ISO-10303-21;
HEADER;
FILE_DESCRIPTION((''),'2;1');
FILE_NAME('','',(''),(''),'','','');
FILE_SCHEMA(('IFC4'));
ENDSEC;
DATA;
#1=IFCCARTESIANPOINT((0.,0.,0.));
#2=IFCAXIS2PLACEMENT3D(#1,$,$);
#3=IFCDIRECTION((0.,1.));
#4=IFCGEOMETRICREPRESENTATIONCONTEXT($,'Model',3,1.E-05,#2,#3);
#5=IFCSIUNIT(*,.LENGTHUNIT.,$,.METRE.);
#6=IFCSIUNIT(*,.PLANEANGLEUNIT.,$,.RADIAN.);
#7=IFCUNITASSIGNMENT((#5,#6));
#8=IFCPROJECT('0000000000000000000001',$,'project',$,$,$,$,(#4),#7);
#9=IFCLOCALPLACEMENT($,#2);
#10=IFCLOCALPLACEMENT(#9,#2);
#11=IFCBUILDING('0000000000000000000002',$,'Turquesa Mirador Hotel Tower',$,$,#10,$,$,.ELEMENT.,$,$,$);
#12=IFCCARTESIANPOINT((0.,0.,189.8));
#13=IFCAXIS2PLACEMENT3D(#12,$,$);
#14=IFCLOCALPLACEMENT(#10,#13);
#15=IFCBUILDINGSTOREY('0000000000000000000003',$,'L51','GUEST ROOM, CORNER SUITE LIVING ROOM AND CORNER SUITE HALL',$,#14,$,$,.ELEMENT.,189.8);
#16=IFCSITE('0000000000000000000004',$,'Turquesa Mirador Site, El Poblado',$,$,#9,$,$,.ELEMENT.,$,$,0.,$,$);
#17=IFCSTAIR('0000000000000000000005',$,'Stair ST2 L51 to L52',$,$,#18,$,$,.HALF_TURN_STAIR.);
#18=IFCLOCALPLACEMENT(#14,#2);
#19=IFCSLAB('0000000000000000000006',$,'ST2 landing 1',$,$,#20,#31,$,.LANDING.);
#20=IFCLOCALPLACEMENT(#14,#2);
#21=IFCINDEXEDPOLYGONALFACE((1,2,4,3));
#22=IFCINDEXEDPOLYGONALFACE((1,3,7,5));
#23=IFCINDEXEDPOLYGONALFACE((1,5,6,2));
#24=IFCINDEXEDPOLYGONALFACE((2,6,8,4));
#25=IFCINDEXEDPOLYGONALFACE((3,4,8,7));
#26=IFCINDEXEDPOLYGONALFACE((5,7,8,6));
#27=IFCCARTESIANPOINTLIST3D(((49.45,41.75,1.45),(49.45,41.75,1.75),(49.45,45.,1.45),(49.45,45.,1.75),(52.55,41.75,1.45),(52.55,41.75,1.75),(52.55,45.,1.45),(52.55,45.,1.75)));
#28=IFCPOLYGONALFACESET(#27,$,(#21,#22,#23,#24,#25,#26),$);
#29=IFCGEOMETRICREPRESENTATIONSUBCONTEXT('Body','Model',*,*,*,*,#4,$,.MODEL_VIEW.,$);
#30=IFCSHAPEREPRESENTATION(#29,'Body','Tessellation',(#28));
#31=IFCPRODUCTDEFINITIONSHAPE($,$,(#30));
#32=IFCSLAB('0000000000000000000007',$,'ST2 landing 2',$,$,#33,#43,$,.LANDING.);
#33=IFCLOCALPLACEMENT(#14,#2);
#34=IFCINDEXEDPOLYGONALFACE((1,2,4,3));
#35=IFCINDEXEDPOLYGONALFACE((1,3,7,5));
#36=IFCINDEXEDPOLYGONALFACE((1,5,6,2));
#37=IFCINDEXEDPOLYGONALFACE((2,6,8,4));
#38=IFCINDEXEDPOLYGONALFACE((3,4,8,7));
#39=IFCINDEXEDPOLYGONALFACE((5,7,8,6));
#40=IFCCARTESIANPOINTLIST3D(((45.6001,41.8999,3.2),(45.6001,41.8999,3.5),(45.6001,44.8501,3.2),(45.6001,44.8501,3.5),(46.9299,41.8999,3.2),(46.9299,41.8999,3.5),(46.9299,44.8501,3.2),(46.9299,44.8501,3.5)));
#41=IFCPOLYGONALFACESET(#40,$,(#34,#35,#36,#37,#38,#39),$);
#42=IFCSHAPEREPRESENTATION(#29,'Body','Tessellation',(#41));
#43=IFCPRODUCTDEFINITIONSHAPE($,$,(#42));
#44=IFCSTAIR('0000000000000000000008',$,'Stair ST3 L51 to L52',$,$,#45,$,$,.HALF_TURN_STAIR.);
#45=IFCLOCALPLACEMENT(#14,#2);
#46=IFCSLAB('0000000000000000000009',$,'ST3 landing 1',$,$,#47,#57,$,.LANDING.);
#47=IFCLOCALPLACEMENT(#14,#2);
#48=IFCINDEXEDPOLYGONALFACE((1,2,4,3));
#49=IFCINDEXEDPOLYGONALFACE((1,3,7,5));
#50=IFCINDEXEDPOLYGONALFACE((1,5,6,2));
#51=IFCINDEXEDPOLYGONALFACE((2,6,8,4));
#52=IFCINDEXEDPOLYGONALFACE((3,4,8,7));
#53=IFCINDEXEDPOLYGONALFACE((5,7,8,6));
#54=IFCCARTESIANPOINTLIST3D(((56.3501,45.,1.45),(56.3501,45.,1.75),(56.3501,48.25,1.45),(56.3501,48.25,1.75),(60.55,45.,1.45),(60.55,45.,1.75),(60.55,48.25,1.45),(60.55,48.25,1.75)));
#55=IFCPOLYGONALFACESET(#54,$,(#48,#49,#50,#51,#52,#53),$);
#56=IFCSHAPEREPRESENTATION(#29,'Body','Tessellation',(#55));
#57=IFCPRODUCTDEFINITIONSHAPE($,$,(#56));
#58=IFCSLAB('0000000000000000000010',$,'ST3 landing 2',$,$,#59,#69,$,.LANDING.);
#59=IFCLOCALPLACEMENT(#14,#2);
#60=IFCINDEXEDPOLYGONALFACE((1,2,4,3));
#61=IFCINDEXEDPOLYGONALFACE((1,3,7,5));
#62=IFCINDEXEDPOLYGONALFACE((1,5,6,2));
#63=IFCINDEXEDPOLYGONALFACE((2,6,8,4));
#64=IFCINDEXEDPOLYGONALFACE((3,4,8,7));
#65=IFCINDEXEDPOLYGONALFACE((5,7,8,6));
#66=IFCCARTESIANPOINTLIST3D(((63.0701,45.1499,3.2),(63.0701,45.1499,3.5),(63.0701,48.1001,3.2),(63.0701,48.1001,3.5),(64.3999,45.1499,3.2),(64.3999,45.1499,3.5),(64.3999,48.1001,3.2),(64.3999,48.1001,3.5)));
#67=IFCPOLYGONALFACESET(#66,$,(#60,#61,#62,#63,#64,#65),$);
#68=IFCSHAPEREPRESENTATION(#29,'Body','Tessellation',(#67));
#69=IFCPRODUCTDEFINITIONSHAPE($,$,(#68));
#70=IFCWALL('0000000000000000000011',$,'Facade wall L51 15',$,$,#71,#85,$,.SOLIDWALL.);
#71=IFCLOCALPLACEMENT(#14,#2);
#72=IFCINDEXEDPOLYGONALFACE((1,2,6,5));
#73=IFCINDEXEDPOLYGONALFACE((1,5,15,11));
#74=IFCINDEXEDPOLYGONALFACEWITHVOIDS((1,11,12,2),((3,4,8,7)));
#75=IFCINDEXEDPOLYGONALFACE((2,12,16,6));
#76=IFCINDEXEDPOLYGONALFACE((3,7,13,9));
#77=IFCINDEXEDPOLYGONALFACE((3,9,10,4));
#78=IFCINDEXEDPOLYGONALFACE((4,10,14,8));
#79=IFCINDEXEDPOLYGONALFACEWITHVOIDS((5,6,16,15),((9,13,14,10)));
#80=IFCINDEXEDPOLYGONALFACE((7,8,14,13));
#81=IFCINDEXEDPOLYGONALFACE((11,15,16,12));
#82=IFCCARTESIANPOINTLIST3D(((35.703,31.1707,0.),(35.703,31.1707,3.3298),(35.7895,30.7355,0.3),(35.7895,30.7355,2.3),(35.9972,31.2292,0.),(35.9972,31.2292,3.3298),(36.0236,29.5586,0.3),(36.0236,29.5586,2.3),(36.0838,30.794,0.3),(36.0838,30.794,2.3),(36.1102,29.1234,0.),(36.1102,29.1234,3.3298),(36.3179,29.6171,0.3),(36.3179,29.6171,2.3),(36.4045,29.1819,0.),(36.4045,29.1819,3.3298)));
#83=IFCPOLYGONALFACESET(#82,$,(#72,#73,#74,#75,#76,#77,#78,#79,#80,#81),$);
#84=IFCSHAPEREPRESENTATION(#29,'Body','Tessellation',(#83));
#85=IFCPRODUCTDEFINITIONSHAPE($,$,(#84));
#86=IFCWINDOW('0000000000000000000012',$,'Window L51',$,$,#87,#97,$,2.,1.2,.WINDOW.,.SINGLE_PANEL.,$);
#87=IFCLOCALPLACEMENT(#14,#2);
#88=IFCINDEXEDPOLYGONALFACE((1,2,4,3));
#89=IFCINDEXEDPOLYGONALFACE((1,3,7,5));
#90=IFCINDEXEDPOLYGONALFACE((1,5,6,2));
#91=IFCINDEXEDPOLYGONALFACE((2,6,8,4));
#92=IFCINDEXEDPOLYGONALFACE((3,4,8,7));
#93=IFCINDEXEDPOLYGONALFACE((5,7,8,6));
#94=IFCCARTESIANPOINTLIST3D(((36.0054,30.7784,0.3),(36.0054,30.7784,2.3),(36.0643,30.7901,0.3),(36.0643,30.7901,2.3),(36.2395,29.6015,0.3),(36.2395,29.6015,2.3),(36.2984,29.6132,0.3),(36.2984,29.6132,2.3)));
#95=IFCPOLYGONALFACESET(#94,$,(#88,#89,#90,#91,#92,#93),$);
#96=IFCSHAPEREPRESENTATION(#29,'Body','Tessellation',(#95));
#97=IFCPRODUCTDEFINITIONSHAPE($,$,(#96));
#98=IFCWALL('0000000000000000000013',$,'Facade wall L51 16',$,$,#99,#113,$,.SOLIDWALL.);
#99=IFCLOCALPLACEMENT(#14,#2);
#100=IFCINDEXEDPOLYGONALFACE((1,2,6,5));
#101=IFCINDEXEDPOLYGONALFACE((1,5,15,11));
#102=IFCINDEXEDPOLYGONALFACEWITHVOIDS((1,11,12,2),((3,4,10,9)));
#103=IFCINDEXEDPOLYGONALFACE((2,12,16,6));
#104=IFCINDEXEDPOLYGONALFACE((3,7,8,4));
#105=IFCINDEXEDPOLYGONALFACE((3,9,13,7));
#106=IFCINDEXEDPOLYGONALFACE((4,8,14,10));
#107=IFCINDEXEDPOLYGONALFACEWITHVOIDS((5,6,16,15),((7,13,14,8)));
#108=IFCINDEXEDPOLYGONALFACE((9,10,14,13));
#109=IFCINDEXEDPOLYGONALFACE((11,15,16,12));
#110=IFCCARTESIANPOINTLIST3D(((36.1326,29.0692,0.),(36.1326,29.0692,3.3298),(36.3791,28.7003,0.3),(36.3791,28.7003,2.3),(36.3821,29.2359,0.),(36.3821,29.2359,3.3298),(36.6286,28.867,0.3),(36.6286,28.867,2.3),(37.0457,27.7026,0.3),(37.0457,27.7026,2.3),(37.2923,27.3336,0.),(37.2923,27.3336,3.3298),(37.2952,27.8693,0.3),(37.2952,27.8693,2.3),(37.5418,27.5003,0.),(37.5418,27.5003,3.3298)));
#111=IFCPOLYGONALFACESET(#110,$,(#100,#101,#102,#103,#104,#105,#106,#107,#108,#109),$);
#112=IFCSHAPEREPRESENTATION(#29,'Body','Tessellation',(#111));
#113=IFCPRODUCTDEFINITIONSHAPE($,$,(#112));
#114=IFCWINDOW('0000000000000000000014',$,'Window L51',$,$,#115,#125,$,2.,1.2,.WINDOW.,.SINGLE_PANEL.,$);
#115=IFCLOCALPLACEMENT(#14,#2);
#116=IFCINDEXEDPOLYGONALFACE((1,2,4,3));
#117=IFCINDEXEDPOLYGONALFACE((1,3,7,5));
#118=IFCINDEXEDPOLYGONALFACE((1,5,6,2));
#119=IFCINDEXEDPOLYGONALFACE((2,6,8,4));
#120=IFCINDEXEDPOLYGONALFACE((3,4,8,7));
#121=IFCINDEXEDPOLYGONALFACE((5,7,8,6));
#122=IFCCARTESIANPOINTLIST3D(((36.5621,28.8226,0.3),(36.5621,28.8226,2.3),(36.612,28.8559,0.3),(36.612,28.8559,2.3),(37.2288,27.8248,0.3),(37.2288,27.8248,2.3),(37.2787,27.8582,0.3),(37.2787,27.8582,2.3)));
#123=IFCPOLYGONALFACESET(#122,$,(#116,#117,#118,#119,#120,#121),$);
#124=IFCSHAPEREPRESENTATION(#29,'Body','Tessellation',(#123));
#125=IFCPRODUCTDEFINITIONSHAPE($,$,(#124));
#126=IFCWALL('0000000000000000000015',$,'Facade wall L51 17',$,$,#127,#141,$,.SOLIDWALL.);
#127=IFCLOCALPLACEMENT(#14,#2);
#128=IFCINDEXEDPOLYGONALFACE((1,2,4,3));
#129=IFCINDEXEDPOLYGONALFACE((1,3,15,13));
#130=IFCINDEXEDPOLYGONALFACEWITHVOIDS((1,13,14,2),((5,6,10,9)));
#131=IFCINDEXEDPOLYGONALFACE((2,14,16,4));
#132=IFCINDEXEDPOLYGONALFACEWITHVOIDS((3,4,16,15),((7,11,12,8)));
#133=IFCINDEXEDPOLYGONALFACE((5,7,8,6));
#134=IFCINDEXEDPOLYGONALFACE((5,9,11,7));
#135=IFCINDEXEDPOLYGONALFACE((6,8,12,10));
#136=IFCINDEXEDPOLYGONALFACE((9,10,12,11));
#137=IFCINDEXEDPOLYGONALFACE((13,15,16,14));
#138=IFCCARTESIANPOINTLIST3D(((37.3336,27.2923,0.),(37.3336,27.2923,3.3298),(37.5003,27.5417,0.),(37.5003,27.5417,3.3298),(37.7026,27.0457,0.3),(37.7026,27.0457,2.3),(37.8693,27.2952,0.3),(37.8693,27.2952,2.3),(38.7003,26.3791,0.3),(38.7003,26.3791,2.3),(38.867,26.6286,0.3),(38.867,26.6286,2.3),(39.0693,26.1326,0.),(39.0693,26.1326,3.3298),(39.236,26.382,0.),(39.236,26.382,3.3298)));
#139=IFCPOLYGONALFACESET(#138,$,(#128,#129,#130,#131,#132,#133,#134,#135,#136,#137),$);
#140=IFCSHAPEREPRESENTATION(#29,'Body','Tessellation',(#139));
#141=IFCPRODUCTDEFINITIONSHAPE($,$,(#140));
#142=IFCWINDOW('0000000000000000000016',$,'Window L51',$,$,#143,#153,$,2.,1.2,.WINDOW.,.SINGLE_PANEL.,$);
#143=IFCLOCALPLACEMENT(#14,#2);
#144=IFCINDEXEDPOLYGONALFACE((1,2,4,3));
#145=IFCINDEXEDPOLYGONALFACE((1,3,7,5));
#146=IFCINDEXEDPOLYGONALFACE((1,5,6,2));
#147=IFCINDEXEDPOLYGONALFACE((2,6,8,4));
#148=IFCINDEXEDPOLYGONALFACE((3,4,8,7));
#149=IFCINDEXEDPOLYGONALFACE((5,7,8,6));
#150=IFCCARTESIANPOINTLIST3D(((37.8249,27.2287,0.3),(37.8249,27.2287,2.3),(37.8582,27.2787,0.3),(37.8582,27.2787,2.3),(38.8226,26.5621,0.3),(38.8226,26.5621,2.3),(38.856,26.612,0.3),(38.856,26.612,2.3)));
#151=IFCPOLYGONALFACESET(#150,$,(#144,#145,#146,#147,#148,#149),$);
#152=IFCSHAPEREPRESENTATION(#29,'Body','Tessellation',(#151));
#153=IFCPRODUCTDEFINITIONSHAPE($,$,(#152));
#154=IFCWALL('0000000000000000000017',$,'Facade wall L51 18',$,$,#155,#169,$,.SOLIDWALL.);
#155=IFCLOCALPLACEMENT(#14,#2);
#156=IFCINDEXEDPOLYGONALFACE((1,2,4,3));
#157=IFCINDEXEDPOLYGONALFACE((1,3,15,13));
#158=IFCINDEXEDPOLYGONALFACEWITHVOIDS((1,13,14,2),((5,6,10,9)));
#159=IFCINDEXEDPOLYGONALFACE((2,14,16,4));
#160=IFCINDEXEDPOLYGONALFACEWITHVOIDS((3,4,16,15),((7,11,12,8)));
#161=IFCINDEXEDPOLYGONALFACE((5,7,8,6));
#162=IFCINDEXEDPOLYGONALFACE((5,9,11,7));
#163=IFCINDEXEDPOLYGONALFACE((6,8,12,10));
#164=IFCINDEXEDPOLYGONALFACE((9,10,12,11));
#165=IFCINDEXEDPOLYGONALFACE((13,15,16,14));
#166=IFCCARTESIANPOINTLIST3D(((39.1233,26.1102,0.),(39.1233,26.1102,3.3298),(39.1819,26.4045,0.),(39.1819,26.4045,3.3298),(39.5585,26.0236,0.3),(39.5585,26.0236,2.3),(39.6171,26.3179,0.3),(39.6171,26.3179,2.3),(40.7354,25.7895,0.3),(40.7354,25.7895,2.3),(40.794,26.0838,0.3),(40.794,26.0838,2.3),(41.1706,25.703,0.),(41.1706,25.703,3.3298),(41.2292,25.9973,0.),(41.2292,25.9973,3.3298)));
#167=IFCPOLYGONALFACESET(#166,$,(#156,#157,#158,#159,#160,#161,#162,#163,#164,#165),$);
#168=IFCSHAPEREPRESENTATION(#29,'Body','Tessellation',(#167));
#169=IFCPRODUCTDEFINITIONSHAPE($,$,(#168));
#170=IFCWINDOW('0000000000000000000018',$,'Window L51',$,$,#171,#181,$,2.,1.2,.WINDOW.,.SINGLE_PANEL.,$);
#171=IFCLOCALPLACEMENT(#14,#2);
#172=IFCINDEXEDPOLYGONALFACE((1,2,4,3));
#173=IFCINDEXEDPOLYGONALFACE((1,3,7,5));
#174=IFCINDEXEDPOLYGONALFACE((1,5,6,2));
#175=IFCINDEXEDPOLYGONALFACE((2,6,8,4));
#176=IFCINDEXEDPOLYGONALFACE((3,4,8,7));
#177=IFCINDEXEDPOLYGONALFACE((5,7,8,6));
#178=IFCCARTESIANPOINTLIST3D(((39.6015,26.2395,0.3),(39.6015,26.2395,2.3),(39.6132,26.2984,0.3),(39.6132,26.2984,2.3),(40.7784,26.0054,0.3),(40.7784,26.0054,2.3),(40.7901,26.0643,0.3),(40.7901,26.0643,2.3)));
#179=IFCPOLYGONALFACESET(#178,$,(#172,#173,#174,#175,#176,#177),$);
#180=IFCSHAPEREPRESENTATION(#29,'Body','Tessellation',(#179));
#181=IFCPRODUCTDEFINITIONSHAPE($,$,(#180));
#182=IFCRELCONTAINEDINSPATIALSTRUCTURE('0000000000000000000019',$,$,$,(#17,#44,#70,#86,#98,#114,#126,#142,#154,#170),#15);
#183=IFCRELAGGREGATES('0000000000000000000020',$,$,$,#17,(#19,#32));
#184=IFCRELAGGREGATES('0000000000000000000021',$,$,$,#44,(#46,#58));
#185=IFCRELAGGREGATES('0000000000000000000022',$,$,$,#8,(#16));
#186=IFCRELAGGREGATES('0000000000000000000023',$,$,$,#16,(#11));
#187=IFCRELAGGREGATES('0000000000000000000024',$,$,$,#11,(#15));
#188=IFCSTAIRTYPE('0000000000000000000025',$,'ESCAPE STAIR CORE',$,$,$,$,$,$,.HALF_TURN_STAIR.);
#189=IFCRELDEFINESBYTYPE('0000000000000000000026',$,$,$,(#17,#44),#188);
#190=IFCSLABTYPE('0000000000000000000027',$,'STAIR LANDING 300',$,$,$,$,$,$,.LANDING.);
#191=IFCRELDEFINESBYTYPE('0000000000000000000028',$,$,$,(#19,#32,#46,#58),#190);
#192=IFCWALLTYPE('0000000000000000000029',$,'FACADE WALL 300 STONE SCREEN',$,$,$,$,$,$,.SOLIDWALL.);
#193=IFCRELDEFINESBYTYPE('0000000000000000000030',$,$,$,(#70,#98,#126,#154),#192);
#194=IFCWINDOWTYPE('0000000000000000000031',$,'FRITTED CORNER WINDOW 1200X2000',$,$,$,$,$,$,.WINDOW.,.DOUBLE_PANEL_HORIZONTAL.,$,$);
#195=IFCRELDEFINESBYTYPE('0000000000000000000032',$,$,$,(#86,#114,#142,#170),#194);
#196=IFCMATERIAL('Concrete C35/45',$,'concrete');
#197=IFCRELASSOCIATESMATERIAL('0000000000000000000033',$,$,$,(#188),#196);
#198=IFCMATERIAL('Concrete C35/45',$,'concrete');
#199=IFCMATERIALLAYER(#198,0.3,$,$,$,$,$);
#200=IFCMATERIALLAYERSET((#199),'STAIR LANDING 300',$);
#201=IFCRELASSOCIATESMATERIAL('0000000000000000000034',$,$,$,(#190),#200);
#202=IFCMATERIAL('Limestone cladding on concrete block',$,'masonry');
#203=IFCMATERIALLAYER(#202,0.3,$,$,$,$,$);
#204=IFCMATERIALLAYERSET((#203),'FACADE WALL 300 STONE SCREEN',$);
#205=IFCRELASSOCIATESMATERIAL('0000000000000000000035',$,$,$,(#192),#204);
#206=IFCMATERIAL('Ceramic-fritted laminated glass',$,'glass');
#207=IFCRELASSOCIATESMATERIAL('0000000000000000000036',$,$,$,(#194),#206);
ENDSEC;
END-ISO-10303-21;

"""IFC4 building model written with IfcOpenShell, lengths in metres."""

from ifc_helpers import new_model, si_unit, direction, frame, frame_2d, origin, place, context, subcontext, project, spatial, polyline, rectangle, outline, extrude, material, layer, layer_set, type_object, element, fill, aggregate, save


model = new_model("IFC4")

# Units and contexts
model_context = context("Model", 3, precision=1e-05, world=origin(), true_north=direction((0.0, 1.0)))
body_context = subcontext(model_context, "Body", "Model", "MODEL_VIEW")
ifc_project = project(units=[si_unit("LENGTHUNIT", "METRE"), si_unit("PLANEANGLEUNIT", "RADIAN")], contexts=[model_context])

# Site, building, storey
site_placement = place(None, origin())
site = spatial("IfcSite", under=ifc_project, at=site_placement, Name="Turquesa Mirador Site, El Poblado", CompositionType="ELEMENT", RefElevation=0.0)
building_placement = place(site_placement, origin())
building = spatial("IfcBuilding", under=site, at=building_placement, Name="Turquesa Mirador Hotel Tower", CompositionType="ELEMENT")
storey_placement = place(building_placement, frame((0.0, 0.0, 189.8)))
storey = spatial("IfcBuildingStorey", under=building, at=storey_placement, Name="L51", Description="GUEST ROOM, CORNER SUITE LIVING ROOM AND CORNER SUITE HALL", CompositionType="ELEMENT", Elevation=189.8)

# Stairs, slabs
ifc_material_1 = material(Name="Concrete C35/45", Category="concrete")
stair_type = type_object("IfcStairType", Name="ESCAPE STAIR CORE", PredefinedType="HALF_TURN_STAIR", material=ifc_material_1)
ifc_material_2 = material(Name="Concrete C35/45", Category="concrete")
ifc_layer_1 = layer(ifc_material_2, 0.3)
ifc_layer_set_1 = layer_set([ifc_layer_1], Name="STAIR LANDING 300")
slab_type_1 = type_object("IfcSlabType", Name="STAIR LANDING 300", PredefinedType="LANDING", material=ifc_layer_set_1)
stair_1_placement = place(storey_placement, origin())
stair_1 = element("IfcStair", 1, at=stair_1_placement, inside=storey, type_object=stair_type, Name="Stair ST2 L51 to L52", PredefinedType="HALF_TURN_STAIR")
slab_1_placement = place(storey_placement, frame((0.0, 0.0, 1.45)))
slab_1 = element("IfcSlab", 2, at=slab_1_placement, type_object=slab_type_1, Name="ST2 landing 1", PredefinedType="LANDING", context=body_context, shape_type="SweptSolid", body=[
    extrude(outline(polyline([(52.55, 45.0), (49.45, 45.0), (49.45, 41.75), (52.55, 41.75), (52.55, 45.0)])), origin(), (0.0, 0.0, 1.0), 0.3),
])
slab_2_placement = place(storey_placement, frame((0.0, 0.0, 3.2)))
slab_2 = element("IfcSlab", 3, at=slab_2_placement, type_object=slab_type_1, Name="ST2 landing 2", PredefinedType="LANDING", context=body_context, shape_type="SweptSolid", body=[
    extrude(outline(polyline([(46.9299, 44.8501), (45.6001, 44.8501), (45.6001, 41.8999), (46.9299, 41.8999), (46.9299, 44.8501)])), origin(), (0.0, 0.0, 1.0), 0.3),
])
aggregate(stair_1, [slab_1, slab_2])
stair_2_placement = place(storey_placement, origin())
stair_2 = element("IfcStair", 4, at=stair_2_placement, inside=storey, type_object=stair_type, Name="Stair ST3 L51 to L52", PredefinedType="HALF_TURN_STAIR")
slab_3_placement = place(storey_placement, frame((0.0, 0.0, 1.45)))
slab_3 = element("IfcSlab", 5, at=slab_3_placement, type_object=slab_type_1, Name="ST3 landing 1", PredefinedType="LANDING", context=body_context, shape_type="SweptSolid", body=[
    extrude(outline(polyline([(56.3501, 45.0), (60.55, 45.0), (60.55, 48.25), (56.3501, 48.25), (56.3501, 45.0)])), origin(), (0.0, 0.0, 1.0), 0.3),
])
slab_4_placement = place(storey_placement, frame((0.0, 0.0, 3.2)))
slab_4 = element("IfcSlab", 6, at=slab_4_placement, type_object=slab_type_1, Name="ST3 landing 2", PredefinedType="LANDING", context=body_context, shape_type="SweptSolid", body=[
    extrude(outline(polyline([(63.0701, 45.1499), (64.3999, 45.1499), (64.3999, 48.1001), (63.0701, 48.1001), (63.0701, 45.1499)])), origin(), (0.0, 0.0, 1.0), 0.3),
])
aggregate(stair_2, [slab_3, slab_4])

# Walls, openings, windows
ifc_material_3 = material(Name="Limestone cladding on concrete block", Category="masonry")
ifc_layer_2 = layer(ifc_material_3, 0.3)
ifc_layer_set_2 = layer_set([ifc_layer_2], Name="FACADE WALL 300 STONE SCREEN")
wall_type_1 = type_object("IfcWallType", Name="FACADE WALL 300 STONE SCREEN", PredefinedType="SOLIDWALL", material=ifc_layer_set_2)
wall_1_placement = place(storey_placement, frame((35.8501, 31.2, 0.0), z_axis=(0.0, 0.0, 1.0), x_axis=(0.195081, -0.980787, 0.0)))
wall_1 = element("IfcWall", 7, at=wall_1_placement, inside=storey, type_object=wall_type_1, Name="Facade wall L51 15", PredefinedType="SOLIDWALL", context=body_context, shape_type="SweptSolid", body=[
    extrude(rectangle(XDim=2.0874, YDim=0.3, at=frame_2d((1.0437, 0.0))), origin(), (0.0, 0.0, 1.0), 3.3298),
])
opening_1_placement = place(wall_1_placement, frame((0.4436, 0.0, 0.3)))
opening_1 = element("IfcOpeningElement", 8, at=opening_1_placement, cuts=wall_1, PredefinedType="OPENING", context=body_context, shape_type="SweptSolid", body=[
    extrude(rectangle(XDim=1.2, YDim=2.0, at=frame_2d((0.6001, 1.0))), frame((0.0, 0.1599, 0.0), z_axis=(0.0, -1.0, 0.0), x_axis=(1.0, 0.0, 0.0)), (0.0, 0.0, 1.0), 0.3201),
])
ifc_material_4 = material(Name="Ceramic-fritted laminated glass", Category="glass")
window_type_1 = type_object("IfcWindowType", Name="FRITTED CORNER WINDOW 1200X2000", PartitioningType="DOUBLE_PANEL_HORIZONTAL", PredefinedType="WINDOW", material=ifc_material_4)
window_1_placement = place(opening_1_placement, origin())
window_1 = element("IfcWindow", 9, at=window_1_placement, inside=storey, type_object=window_type_1, Name="Window L51", OverallHeight=2.0, OverallWidth=1.2, PartitioningType="SINGLE_PANEL", PredefinedType="WINDOW", context=body_context, shape_type="SweptSolid", body=[
    extrude(rectangle(XDim=1.2, YDim=2.0, at=frame_2d((0.6001, 1.0))), frame((0.0, 0.1301, 0.0), z_axis=(0.0, -1.0, 0.0), x_axis=(1.0, 0.0, 0.0)), (0.0, 0.0, 1.0), 0.0601),
])
fill(opening_1, window_1)
wall_2_placement = place(storey_placement, frame((36.2573, 29.1526, 0.0), z_axis=(0.0, 0.0, 1.0), x_axis=(0.555564, -0.831474, 0.0)))
wall_2 = element("IfcWall", 10, at=wall_2_placement, inside=storey, type_object=wall_type_1, Name="Facade wall L51 16", PredefinedType="SOLIDWALL", context=body_context, shape_type="SweptSolid", body=[
    extrude(rectangle(XDim=2.0874, YDim=0.3, at=frame_2d((1.0437, 0.0))), origin(), (0.0, 0.0, 1.0), 3.3298),
])
opening_2_placement = place(wall_2_placement, frame((0.4436, 0.0, 0.3)))
opening_2 = element("IfcOpeningElement", 11, at=opening_2_placement, cuts=wall_2, PredefinedType="OPENING", context=body_context, shape_type="SweptSolid", body=[
    extrude(rectangle(XDim=1.2, YDim=2.0, at=frame_2d((0.6001, 1.0))), frame((0.0, 0.1599, 0.0), z_axis=(0.0, -1.0, 0.0), x_axis=(1.0, 0.0, 0.0)), (0.0, 0.0, 1.0), 0.3201),
])
window_2_placement = place(opening_2_placement, origin())
window_2 = element("IfcWindow", 12, at=window_2_placement, inside=storey, type_object=window_type_1, Name="Window L51", OverallHeight=2.0, OverallWidth=1.2, PartitioningType="SINGLE_PANEL", PredefinedType="WINDOW", context=body_context, shape_type="SweptSolid", body=[
    extrude(rectangle(XDim=1.2, YDim=2.0, at=frame_2d((0.6001, 1.0))), frame((0.0, 0.1301, 0.0), z_axis=(0.0, -1.0, 0.0), x_axis=(1.0, 0.0, 0.0)), (0.0, 0.0, 1.0), 0.0601),
])
fill(opening_2, window_2)
wall_3_placement = place(storey_placement, frame((37.417, 27.417, 0.0), z_axis=(0.0, 0.0, 1.0), x_axis=(0.831474, -0.555564, 0.0)))
wall_3 = element("IfcWall", 13, at=wall_3_placement, inside=storey, type_object=wall_type_1, Name="Facade wall L51 17", PredefinedType="SOLIDWALL", context=body_context, shape_type="SweptSolid", body=[
    extrude(rectangle(XDim=2.0874, YDim=0.3, at=frame_2d((1.0437, 0.0))), origin(), (0.0, 0.0, 1.0), 3.3298),
])
opening_3_placement = place(wall_3_placement, frame((0.4436, 0.0, 0.3)))
opening_3 = element("IfcOpeningElement", 14, at=opening_3_placement, cuts=wall_3, PredefinedType="OPENING", context=body_context, shape_type="SweptSolid", body=[
    extrude(rectangle(XDim=1.2, YDim=2.0, at=frame_2d((0.6001, 1.0))), frame((0.0, 0.1599, 0.0), z_axis=(0.0, -1.0, 0.0), x_axis=(1.0, 0.0, 0.0)), (0.0, 0.0, 1.0), 0.3201),
])
window_3_placement = place(opening_3_placement, origin())
window_3 = element("IfcWindow", 15, at=window_3_placement, inside=storey, type_object=window_type_1, Name="Window L51", OverallHeight=2.0, OverallWidth=1.2, PartitioningType="SINGLE_PANEL", PredefinedType="WINDOW", context=body_context, shape_type="SweptSolid", body=[
    extrude(rectangle(XDim=1.2, YDim=2.0, at=frame_2d((0.6001, 1.0))), frame((0.0, 0.1301, 0.0), z_axis=(0.0, -1.0, 0.0), x_axis=(1.0, 0.0, 0.0)), (0.0, 0.0, 1.0), 0.0601),
])
fill(opening_3, window_3)
wall_4_placement = place(storey_placement, frame((39.1526, 26.2573, 0.0), z_axis=(0.0, 0.0, 1.0), x_axis=(0.980787, -0.195081, 0.0)))
wall_4 = element("IfcWall", 16, at=wall_4_placement, inside=storey, type_object=wall_type_1, Name="Facade wall L51 18", PredefinedType="SOLIDWALL", context=body_context, shape_type="SweptSolid", body=[
    extrude(rectangle(XDim=2.0874, YDim=0.3, at=frame_2d((1.0437, 0.0))), origin(), (0.0, 0.0, 1.0), 3.3298),
])
opening_4_placement = place(wall_4_placement, frame((0.4436, 0.0, 0.3)))
opening_4 = element("IfcOpeningElement", 17, at=opening_4_placement, cuts=wall_4, PredefinedType="OPENING", context=body_context, shape_type="SweptSolid", body=[
    extrude(rectangle(XDim=1.2, YDim=2.0, at=frame_2d((0.6001, 1.0))), frame((0.0, 0.1599, 0.0), z_axis=(0.0, -1.0, 0.0), x_axis=(1.0, 0.0, 0.0)), (0.0, 0.0, 1.0), 0.3201),
])
window_4_placement = place(opening_4_placement, origin())
window_4 = element("IfcWindow", 18, at=window_4_placement, inside=storey, type_object=window_type_1, Name="Window L51", OverallHeight=2.0, OverallWidth=1.2, PartitioningType="SINGLE_PANEL", PredefinedType="WINDOW", context=body_context, shape_type="SweptSolid", body=[
    extrude(rectangle(XDim=1.2, YDim=2.0, at=frame_2d((0.6001, 1.0))), frame((0.0, 0.1301, 0.0), z_axis=(0.0, -1.0, 0.0), x_axis=(1.0, 0.0, 0.0)), (0.0, 0.0, 1.0), 0.0601),
])
fill(opening_4, window_4)

save(model, "model.ifc")
